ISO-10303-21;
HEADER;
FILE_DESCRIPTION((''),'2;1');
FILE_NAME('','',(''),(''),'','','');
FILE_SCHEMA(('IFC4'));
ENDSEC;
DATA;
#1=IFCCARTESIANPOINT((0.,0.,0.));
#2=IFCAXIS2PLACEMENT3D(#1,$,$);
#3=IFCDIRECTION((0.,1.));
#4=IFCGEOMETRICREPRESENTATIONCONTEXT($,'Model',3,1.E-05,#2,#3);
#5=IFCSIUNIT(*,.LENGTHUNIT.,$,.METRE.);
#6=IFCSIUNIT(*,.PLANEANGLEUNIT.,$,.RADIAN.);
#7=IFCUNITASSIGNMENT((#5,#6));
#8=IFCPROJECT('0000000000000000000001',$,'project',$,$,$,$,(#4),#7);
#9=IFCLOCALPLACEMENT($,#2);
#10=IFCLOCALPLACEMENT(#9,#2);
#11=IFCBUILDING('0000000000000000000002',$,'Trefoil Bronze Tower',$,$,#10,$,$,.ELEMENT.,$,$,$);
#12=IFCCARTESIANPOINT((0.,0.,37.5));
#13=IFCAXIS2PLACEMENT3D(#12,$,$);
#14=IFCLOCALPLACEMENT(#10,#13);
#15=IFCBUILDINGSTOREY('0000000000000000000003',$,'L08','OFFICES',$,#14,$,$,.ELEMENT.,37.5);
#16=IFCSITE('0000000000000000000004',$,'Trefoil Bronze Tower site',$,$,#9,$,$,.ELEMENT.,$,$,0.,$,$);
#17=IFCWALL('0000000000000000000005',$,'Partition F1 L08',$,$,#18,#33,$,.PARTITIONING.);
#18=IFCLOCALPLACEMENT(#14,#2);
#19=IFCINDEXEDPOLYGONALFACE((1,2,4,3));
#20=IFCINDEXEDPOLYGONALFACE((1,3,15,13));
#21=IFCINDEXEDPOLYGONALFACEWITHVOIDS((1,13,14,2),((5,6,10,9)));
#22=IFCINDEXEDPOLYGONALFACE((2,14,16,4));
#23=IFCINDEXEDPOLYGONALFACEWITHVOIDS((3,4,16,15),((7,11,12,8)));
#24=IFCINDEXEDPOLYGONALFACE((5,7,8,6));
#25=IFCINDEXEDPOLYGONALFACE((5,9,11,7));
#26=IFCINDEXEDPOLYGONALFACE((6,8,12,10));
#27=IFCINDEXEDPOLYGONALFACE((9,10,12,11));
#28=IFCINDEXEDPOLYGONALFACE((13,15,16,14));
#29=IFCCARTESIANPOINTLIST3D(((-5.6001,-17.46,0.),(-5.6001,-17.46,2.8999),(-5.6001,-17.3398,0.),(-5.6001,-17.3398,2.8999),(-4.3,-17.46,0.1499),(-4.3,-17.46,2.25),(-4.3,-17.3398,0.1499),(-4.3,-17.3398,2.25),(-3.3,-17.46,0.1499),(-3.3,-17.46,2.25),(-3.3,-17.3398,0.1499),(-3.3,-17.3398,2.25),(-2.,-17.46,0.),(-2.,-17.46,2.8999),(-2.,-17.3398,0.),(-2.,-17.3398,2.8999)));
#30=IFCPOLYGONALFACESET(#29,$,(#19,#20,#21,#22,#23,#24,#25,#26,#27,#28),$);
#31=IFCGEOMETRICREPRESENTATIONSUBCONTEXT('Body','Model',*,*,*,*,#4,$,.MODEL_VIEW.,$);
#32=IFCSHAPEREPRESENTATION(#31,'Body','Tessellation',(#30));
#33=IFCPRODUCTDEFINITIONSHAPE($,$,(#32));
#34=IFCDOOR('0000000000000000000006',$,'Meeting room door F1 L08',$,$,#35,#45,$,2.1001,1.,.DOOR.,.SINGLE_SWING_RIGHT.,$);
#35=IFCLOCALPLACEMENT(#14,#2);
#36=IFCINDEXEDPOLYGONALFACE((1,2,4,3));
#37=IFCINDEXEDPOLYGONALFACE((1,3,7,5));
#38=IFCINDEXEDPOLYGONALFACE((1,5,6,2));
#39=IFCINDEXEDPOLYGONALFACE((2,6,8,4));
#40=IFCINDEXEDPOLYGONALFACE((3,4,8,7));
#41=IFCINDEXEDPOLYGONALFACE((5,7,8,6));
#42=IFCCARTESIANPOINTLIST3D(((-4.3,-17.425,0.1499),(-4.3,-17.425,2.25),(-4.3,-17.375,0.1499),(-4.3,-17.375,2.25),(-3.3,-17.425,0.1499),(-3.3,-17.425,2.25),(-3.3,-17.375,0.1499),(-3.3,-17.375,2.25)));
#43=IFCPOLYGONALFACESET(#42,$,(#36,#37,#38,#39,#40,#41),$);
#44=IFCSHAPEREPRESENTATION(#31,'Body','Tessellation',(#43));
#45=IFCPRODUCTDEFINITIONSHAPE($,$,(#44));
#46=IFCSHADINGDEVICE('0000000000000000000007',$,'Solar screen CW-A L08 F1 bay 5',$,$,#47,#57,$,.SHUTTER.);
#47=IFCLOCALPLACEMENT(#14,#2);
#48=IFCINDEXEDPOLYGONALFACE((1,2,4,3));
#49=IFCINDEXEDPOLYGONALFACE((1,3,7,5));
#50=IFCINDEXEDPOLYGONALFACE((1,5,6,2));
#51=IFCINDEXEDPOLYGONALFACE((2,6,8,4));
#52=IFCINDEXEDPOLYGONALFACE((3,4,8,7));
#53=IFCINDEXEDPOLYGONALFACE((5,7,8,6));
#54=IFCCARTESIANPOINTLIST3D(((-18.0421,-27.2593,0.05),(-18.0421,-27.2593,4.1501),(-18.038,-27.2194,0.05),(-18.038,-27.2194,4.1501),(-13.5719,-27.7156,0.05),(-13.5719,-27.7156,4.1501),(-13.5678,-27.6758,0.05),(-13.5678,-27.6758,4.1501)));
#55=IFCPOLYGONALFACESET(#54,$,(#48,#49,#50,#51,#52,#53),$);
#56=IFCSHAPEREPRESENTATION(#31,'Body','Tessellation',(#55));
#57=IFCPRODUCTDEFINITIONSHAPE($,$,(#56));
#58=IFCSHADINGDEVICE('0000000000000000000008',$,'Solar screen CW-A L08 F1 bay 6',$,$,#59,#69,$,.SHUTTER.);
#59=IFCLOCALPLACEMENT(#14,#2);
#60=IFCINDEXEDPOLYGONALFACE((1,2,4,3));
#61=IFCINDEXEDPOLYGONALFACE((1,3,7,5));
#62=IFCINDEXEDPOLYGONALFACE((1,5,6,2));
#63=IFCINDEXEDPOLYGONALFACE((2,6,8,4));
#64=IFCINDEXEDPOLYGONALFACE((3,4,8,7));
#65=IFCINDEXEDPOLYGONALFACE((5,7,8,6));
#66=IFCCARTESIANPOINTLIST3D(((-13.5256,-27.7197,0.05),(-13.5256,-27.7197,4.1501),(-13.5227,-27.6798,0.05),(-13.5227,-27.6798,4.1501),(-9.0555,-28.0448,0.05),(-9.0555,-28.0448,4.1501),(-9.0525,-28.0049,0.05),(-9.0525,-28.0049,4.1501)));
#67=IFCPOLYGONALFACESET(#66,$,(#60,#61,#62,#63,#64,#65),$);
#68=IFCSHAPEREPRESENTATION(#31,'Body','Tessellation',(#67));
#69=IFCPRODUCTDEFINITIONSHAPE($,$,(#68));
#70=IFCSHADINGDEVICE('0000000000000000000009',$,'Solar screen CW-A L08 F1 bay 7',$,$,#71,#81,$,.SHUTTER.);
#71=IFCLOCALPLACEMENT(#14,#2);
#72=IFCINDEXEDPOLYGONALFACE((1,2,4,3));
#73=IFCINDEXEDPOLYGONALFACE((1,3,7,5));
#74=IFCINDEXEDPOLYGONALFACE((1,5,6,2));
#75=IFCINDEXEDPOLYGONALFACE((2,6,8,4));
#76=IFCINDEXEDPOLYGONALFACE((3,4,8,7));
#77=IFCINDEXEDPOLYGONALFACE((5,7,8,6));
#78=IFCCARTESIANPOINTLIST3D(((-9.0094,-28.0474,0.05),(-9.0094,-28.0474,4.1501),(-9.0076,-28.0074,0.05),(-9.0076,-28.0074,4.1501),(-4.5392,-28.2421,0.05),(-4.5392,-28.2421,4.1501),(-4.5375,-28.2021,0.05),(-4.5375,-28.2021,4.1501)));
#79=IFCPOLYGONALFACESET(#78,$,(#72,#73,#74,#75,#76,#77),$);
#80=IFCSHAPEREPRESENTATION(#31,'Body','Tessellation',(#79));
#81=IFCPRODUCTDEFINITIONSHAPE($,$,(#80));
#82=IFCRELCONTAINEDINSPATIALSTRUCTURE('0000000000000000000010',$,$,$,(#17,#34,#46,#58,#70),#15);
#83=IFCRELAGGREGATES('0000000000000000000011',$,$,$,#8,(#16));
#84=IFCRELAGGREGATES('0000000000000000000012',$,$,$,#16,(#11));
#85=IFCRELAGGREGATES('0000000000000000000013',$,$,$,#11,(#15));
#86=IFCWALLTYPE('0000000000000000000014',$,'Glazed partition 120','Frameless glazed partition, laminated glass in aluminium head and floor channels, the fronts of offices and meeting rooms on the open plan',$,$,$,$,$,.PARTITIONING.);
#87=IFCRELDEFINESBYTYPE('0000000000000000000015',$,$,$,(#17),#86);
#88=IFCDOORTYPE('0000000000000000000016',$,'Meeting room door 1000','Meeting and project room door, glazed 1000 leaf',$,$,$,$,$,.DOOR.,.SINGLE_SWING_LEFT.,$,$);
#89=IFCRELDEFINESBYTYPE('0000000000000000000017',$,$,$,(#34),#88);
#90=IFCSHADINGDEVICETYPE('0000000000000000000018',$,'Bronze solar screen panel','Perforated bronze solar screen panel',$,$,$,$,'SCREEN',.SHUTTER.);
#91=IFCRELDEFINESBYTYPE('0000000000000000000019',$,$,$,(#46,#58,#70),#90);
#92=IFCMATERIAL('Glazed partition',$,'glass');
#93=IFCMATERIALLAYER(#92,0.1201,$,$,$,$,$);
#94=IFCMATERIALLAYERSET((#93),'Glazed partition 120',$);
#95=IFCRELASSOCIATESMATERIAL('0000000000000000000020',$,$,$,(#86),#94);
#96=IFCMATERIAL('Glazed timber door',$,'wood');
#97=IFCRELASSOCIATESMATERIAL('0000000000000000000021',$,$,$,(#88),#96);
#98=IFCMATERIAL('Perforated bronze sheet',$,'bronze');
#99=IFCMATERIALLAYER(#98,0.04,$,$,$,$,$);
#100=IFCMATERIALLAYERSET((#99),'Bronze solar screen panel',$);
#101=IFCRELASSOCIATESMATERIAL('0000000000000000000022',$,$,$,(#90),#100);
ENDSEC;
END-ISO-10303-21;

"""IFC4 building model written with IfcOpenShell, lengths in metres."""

from ifc_helpers import new_model, si_unit, direction, frame, frame_2d, origin, origin_2d, place, context, subcontext, project, spatial, rectangle, extrude, material, layer, layer_set, type_object, element, fill, save


model = new_model("IFC4")

# Units and contexts
model_context = context("Model", 3, precision=1e-05, world=origin(), true_north=direction((0.0, 1.0)))
body_context = subcontext(model_context, "Body", "Model", "MODEL_VIEW")
ifc_project = project(units=[si_unit("LENGTHUNIT", "METRE"), si_unit("PLANEANGLEUNIT", "RADIAN")], contexts=[model_context])

# Site, building, storey
site_placement = place(None, origin())
site = spatial("IfcSite", under=ifc_project, at=site_placement, Name="Trefoil Bronze Tower site", CompositionType="ELEMENT", RefElevation=0.0)
building_placement = place(site_placement, origin())
building = spatial("IfcBuilding", under=site, at=building_placement, Name="Trefoil Bronze Tower", CompositionType="ELEMENT")
storey_placement = place(building_placement, frame((0.0, 0.0, 37.5)))
storey = spatial("IfcBuildingStorey", under=building, at=storey_placement, Name="L08", Description="OFFICES", CompositionType="ELEMENT", Elevation=37.5)

# Wall, opening, door
ifc_material_1 = material(Name="Glazed partition", Category="glass")
ifc_layer_1 = layer(ifc_material_1, 0.1201)
ifc_layer_set_1 = layer_set([ifc_layer_1], Name="Glazed partition 120")
wall_type_1 = type_object("IfcWallType", Name="Glazed partition 120", Description="Frameless glazed partition, laminated glass in aluminium head and floor channels, the fronts of offices and meeting rooms on the open plan", PredefinedType="PARTITIONING", material=ifc_layer_set_1)
wall_1_placement = place(storey_placement, frame((-5.6001, -17.3999, 0.0), z_axis=(0.0, 0.0, 1.0), x_axis=(1.0, 0.0, 0.0)))
wall_1 = element("IfcWall", 1, at=wall_1_placement, inside=storey, type_object=wall_type_1, Name="Partition F1 L08", PredefinedType="PARTITIONING", context=body_context, shape_type="SweptSolid", body=[
    extrude(rectangle(XDim=3.6001, YDim=0.1201, at=frame_2d((1.8, 0.0))), origin(), (0.0, 0.0, 1.0), 2.8999),
])
opening_1_placement = place(wall_1_placement, frame((1.3, 0.0, 0.1499)))
opening_1 = element("IfcOpeningElement", 2, at=opening_1_placement, cuts=wall_1, PredefinedType="OPENING", context=body_context, shape_type="SweptSolid", body=[
    extrude(rectangle(XDim=1.0, YDim=2.1001, at=frame_2d((0.5, 1.05))), frame((0.0, 0.0701, 0.0), z_axis=(0.0, -1.0, 0.0), x_axis=(1.0, 0.0, 0.0)), (0.0, 0.0, 1.0), 0.1401),
])
ifc_material_2 = material(Name="Glazed timber door", Category="wood")
door_type_1 = type_object("IfcDoorType", Name="Meeting room door 1000", Description="Meeting and project room door, glazed 1000 leaf", OperationType="SINGLE_SWING_LEFT", PredefinedType="DOOR", material=ifc_material_2)
door_1_placement = place(opening_1_placement, origin())
door_1 = element("IfcDoor", 3, at=door_1_placement, inside=storey, type_object=door_type_1, Name="Meeting room door F1 L08", OperationType="SINGLE_SWING_RIGHT", OverallHeight=2.1001, OverallWidth=1.0, PredefinedType="DOOR", context=body_context, shape_type="SweptSolid", body=[
    extrude(rectangle(XDim=1.0, YDim=2.1001, at=frame_2d((0.5, 1.05))), frame((0.0, 0.0249, 0.0), z_axis=(0.0, -1.0, 0.0), x_axis=(1.0, 0.0, 0.0)), (0.0, 0.0, 1.0), 0.05),
])
fill(opening_1, door_1)

# Shading devices
ifc_material_3 = material(Name="Perforated bronze sheet", Category="bronze")
ifc_layer_2 = layer(ifc_material_3, 0.04)
ifc_layer_set_2 = layer_set([ifc_layer_2], Name="Bronze solar screen panel")
shading_device_type = type_object("IfcShadingDeviceType", Name="Bronze solar screen panel", Description="Perforated bronze solar screen panel", ElementType="SCREEN", PredefinedType="SHUTTER", material=ifc_layer_set_2)
shading_device_1_placement = place(storey_placement, frame((-15.8049, -27.4675, 0.05), z_axis=(0.0, 0.0, 1.0), x_axis=(0.994829, -0.101565, 0.0)))
element("IfcShadingDevice", 4, at=shading_device_1_placement, inside=storey, type_object=shading_device_type, Name="Solar screen CW-A L08 F1 bay 5", PredefinedType="SHUTTER", context=body_context, shape_type="SweptSolid", body=[
    extrude(rectangle(XDim=4.4934, YDim=0.04, at=origin_2d()), origin(), (0.0, 0.0, 1.0), 4.1001),
])
shading_device_2_placement = place(storey_placement, frame((-11.2891, -27.8623, 0.05), z_axis=(0.0, 0.0, 1.0), x_axis=(0.997365, -0.072547, 0.0)))
element("IfcShadingDevice", 5, at=shading_device_2_placement, inside=storey, type_object=shading_device_type, Name="Solar screen CW-A L08 F1 bay 6", PredefinedType="SHUTTER", context=body_context, shape_type="SweptSolid", body=[
    extrude(rectangle(XDim=4.4819, YDim=0.04, at=origin_2d()), origin(), (0.0, 0.0, 1.0), 4.1001),
])
shading_device_3_placement = place(storey_placement, frame((-6.7734, -28.1248, 0.05), z_axis=(0.0, 0.0, 1.0), x_axis=(0.999052, -0.043528, 0.0)))
element("IfcShadingDevice", 6, at=shading_device_3_placement, inside=storey, type_object=shading_device_type, Name="Solar screen CW-A L08 F1 bay 7", PredefinedType="SHUTTER", context=body_context, shape_type="SweptSolid", body=[
    extrude(rectangle(XDim=4.4744, YDim=0.04, at=origin_2d()), origin(), (0.0, 0.0, 1.0), 4.1001),
])

save(model, "model.ifc")
